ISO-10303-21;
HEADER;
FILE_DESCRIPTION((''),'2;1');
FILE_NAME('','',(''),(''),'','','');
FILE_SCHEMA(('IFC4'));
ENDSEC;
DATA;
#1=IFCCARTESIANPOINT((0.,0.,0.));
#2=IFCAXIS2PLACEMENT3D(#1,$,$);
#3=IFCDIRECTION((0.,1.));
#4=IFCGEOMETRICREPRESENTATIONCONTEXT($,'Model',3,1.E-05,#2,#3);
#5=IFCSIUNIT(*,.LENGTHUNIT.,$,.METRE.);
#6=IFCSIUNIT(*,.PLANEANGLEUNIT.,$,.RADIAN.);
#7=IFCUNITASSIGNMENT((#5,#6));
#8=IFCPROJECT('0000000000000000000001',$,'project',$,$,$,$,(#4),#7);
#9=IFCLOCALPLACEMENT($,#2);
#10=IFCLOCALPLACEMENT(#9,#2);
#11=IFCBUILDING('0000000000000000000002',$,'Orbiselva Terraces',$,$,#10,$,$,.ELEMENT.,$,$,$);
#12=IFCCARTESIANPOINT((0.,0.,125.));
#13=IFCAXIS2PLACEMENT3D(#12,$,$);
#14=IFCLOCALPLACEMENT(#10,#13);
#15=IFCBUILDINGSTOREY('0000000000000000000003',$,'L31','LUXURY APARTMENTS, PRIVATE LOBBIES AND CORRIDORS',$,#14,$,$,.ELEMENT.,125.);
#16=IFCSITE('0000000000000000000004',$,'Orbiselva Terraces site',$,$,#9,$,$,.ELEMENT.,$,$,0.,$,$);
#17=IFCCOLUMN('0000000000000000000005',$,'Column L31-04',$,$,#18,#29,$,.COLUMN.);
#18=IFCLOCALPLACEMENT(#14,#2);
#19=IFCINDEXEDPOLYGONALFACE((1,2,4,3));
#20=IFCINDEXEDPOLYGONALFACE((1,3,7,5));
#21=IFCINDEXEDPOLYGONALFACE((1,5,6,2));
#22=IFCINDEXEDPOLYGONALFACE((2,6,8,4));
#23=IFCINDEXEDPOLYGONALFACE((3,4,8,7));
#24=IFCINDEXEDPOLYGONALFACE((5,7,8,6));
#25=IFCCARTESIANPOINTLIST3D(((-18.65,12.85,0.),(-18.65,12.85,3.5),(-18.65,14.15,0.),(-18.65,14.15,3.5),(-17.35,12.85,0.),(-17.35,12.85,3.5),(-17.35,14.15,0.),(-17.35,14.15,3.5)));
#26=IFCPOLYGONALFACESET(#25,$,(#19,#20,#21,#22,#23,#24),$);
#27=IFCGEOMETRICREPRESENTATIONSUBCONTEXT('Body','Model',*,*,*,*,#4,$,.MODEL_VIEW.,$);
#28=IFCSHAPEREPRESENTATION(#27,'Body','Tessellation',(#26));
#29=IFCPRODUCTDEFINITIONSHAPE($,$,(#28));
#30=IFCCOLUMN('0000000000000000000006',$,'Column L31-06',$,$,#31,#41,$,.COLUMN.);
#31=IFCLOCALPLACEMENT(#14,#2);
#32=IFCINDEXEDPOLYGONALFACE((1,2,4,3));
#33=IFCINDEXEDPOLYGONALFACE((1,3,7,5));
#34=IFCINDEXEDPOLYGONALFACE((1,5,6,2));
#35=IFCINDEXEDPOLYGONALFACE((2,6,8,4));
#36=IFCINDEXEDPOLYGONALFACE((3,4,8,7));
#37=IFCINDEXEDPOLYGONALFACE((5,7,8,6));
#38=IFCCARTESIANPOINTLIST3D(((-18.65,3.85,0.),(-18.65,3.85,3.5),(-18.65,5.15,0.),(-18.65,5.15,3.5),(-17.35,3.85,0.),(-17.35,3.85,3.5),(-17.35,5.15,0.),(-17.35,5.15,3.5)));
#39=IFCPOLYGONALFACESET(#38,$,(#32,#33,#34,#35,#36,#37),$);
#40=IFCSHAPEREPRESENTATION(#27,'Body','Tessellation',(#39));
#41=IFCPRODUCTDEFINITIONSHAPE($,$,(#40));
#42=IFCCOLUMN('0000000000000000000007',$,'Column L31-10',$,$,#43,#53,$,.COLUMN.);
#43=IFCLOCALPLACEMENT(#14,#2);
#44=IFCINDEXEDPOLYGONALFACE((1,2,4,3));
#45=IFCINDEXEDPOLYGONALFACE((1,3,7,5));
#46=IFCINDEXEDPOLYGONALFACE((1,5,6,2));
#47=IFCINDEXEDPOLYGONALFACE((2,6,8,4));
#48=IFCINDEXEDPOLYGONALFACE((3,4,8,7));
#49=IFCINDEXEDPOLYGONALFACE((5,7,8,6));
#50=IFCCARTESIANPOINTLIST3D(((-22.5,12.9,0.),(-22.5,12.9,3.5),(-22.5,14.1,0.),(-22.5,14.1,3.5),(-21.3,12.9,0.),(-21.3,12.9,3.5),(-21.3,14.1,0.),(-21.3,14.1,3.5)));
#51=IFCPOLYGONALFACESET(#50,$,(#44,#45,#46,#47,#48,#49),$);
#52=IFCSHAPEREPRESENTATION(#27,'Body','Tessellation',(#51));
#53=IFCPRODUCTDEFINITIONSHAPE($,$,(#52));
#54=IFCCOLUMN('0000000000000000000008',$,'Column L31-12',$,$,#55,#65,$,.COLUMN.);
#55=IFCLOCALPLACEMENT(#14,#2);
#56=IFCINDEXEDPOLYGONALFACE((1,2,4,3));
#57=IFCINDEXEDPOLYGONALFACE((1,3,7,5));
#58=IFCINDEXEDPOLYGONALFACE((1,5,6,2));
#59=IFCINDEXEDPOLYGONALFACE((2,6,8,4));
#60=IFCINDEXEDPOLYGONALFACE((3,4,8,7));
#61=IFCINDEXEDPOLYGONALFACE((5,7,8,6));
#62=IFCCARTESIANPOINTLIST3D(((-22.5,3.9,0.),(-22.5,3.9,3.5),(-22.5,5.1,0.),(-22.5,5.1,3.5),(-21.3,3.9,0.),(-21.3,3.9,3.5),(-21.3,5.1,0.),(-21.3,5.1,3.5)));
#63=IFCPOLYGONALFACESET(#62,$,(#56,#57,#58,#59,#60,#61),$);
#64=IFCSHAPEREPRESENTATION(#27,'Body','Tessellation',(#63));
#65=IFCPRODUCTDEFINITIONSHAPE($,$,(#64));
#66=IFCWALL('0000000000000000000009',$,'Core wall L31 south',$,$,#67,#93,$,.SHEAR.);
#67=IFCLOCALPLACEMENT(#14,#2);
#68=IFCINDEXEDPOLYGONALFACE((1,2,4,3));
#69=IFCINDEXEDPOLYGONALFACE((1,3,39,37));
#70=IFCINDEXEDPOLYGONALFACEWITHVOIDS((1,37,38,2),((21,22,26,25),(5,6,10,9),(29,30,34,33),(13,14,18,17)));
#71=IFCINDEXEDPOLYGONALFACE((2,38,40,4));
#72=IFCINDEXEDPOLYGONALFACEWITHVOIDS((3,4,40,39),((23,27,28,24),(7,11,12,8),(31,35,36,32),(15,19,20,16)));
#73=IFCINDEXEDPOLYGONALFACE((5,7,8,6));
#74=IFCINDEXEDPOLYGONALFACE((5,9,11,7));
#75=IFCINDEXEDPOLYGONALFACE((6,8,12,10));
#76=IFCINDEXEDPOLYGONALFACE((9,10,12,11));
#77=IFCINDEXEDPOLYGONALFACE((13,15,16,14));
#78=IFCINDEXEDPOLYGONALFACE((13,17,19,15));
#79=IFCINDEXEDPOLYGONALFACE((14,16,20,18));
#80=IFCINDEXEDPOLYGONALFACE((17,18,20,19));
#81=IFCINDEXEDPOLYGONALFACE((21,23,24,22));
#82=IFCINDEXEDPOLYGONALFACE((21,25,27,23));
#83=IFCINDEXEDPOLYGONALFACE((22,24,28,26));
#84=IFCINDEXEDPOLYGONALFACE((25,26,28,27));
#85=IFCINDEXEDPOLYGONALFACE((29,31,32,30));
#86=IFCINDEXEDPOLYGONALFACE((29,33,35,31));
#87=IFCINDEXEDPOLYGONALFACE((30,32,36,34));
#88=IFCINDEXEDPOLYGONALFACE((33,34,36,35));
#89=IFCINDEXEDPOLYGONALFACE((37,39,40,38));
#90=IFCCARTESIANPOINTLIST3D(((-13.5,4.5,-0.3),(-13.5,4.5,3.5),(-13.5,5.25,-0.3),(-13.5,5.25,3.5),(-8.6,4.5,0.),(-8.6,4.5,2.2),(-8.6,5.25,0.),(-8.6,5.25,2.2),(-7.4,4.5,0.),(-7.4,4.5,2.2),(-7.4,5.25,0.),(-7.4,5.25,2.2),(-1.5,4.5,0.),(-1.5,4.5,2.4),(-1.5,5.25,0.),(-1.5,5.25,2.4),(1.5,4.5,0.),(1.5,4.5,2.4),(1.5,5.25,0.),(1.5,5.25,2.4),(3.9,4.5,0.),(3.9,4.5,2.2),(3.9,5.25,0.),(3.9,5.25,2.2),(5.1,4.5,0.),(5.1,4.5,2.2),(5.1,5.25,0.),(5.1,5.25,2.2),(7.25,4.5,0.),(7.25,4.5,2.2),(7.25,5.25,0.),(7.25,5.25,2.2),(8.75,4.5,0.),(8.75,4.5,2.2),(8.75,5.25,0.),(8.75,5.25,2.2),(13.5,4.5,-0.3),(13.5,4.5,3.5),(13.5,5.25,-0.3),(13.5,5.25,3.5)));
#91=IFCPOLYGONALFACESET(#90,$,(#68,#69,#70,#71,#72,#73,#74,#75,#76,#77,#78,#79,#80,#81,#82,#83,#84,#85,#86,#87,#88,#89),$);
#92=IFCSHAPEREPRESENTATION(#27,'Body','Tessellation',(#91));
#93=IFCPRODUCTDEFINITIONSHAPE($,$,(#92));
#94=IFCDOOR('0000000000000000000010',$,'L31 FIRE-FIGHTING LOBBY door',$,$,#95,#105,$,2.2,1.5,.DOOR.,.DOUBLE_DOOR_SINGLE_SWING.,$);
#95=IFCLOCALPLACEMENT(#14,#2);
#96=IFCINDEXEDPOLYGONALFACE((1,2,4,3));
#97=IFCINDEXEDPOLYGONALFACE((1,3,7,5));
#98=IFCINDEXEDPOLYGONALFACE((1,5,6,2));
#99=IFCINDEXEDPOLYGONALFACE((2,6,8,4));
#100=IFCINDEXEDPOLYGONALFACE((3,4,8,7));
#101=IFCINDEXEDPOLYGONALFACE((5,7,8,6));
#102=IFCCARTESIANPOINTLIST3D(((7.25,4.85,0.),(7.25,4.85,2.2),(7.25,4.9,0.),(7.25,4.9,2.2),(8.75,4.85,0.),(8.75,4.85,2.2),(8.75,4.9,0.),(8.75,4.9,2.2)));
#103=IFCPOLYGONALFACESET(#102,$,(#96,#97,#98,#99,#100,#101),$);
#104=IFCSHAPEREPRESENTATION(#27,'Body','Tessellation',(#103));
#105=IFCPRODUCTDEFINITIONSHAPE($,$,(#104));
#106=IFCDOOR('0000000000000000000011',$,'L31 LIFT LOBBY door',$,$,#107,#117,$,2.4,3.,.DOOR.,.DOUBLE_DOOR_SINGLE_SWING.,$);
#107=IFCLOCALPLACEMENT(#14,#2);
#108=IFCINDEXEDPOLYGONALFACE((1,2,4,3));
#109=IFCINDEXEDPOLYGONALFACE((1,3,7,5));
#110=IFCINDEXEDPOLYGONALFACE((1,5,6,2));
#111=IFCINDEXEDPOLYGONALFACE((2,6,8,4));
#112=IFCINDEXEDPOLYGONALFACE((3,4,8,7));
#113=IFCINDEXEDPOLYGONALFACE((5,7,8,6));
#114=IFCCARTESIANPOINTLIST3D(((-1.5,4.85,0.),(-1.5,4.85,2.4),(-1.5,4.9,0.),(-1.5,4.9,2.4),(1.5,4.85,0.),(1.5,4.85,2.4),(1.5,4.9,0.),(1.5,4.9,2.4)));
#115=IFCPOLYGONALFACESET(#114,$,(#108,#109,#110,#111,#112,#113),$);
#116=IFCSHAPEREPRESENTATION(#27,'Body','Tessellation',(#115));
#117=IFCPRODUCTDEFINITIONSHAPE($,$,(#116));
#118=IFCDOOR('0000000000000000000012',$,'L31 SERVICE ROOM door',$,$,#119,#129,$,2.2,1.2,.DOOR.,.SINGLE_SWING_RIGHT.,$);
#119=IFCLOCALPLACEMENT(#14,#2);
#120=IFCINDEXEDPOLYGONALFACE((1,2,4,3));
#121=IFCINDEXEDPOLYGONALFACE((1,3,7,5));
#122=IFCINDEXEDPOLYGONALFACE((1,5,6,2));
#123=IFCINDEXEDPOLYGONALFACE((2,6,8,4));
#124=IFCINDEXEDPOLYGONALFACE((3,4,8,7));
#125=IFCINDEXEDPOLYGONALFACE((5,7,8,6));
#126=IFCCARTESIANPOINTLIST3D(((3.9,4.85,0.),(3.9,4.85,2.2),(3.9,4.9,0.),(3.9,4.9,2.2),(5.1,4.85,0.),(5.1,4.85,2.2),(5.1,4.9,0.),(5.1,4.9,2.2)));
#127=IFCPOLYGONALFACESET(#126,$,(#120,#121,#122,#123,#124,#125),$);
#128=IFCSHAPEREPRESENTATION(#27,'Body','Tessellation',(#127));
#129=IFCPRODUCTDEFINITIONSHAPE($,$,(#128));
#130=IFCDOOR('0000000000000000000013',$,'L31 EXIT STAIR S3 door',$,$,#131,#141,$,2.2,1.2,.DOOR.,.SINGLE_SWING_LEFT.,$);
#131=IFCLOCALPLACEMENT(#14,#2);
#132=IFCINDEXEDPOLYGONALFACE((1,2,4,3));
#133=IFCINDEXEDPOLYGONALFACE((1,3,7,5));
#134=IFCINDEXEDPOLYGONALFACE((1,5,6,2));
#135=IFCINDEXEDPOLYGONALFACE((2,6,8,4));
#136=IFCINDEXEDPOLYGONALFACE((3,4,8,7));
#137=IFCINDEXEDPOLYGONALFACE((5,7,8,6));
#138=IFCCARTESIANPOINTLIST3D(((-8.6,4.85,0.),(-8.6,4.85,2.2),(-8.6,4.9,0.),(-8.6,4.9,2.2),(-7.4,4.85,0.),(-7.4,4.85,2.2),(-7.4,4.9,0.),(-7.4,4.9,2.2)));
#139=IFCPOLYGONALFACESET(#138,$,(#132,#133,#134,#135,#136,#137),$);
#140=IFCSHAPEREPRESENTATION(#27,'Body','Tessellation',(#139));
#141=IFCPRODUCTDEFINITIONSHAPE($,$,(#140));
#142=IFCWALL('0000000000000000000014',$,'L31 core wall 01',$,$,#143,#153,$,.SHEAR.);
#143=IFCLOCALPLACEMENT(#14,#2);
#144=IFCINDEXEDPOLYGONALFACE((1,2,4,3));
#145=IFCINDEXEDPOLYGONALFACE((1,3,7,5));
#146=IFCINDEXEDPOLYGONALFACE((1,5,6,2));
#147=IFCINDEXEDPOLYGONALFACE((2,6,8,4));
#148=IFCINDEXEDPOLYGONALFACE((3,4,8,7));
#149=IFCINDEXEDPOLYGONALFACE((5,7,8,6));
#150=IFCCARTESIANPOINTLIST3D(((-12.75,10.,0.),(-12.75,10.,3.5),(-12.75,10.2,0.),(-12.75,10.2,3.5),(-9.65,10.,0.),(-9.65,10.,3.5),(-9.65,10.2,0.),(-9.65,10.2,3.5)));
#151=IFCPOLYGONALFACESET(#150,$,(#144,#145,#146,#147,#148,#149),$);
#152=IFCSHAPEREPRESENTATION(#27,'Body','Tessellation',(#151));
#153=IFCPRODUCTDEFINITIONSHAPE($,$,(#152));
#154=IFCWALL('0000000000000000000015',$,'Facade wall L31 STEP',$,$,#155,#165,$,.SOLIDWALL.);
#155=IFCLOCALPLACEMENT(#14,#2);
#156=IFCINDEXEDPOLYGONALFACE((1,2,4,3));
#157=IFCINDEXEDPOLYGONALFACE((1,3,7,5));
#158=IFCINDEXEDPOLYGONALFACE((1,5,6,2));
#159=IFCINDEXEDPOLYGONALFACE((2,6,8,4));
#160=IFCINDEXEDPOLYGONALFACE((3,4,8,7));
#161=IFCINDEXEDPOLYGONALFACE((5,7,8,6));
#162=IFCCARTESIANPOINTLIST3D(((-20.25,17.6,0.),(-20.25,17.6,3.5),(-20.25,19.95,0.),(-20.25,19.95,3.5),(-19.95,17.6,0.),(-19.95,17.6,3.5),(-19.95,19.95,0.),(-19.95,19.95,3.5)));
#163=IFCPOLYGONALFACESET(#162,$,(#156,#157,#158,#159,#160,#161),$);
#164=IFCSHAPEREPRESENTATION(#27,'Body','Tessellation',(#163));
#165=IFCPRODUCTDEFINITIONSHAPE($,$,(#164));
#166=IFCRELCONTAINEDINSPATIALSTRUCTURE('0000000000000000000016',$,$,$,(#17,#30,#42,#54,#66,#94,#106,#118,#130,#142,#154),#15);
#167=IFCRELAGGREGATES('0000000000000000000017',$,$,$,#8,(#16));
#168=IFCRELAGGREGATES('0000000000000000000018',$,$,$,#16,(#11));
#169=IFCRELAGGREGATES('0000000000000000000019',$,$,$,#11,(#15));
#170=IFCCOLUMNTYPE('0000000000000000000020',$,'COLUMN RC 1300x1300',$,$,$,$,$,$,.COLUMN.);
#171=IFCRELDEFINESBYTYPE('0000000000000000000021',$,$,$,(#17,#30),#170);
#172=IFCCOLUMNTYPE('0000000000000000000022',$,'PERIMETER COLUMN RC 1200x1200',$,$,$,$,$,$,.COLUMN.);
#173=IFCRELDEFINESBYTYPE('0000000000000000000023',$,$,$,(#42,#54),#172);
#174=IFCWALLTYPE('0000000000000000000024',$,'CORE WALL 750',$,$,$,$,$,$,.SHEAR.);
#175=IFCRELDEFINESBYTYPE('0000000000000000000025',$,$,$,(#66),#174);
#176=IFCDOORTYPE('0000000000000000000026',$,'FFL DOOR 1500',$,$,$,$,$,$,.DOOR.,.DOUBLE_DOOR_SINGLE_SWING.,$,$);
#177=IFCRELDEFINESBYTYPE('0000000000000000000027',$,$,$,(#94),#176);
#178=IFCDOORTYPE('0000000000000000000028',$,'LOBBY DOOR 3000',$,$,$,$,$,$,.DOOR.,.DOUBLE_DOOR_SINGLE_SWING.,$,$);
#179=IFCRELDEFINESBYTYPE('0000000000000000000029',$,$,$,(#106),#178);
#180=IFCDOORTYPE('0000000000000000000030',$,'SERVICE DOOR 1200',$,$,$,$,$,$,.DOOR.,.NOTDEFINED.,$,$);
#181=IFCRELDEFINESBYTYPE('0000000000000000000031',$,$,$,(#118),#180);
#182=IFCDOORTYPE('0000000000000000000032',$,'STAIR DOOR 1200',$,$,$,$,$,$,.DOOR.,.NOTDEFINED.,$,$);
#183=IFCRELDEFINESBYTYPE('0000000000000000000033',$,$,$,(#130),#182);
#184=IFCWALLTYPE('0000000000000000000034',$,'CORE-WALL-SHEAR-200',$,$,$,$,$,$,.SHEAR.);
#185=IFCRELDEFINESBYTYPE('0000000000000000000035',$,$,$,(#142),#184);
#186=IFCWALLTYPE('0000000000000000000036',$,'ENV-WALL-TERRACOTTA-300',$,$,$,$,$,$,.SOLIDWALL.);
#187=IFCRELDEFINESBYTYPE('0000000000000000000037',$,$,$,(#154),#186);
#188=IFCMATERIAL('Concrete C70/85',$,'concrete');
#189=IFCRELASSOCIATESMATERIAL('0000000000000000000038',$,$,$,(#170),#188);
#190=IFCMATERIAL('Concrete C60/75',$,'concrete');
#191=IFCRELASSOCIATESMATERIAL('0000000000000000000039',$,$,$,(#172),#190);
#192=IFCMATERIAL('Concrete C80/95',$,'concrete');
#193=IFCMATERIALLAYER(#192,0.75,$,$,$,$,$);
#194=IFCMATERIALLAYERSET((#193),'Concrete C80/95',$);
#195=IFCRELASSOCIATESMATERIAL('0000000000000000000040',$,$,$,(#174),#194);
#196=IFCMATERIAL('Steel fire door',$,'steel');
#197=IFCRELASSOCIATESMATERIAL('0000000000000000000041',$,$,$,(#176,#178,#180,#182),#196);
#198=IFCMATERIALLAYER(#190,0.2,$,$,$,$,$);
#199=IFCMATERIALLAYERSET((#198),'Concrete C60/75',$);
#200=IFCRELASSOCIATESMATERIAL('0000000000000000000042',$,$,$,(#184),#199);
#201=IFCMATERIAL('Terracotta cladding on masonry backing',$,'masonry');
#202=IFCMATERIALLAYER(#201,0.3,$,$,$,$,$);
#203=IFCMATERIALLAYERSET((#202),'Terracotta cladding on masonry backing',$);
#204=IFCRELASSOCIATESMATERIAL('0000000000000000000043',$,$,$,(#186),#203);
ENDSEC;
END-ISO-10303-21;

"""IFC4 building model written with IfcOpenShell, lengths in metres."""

from ifc_helpers import new_model, si_unit, direction, frame, frame_2d, origin, origin_2d, place, context, subcontext, project, spatial, rectangle, extrude, material, layer, layer_set, material_profile, profile_set, type_object, element, fill, save


model = new_model("IFC4")

# Units and contexts
model_context = context("Model", 3, precision=1e-05, world=origin(), true_north=direction((0.0, 1.0)))
body_context = subcontext(model_context, "Body", "Model", "MODEL_VIEW")
ifc_project = project(units=[si_unit("LENGTHUNIT", "METRE"), si_unit("PLANEANGLEUNIT", "RADIAN")], contexts=[model_context])

# Site, building, storey
site_placement = place(None, origin())
site = spatial("IfcSite", under=ifc_project, at=site_placement, Name="Orbiselva Terraces site", CompositionType="ELEMENT", RefElevation=0.0)
building_placement = place(site_placement, origin())
building = spatial("IfcBuilding", under=site, at=building_placement, Name="Orbiselva Terraces", CompositionType="ELEMENT")
storey_placement = place(building_placement, frame((0.0, 0.0, 125.0)))
storey = spatial("IfcBuildingStorey", under=building, at=storey_placement, Name="L31", Description="LUXURY APARTMENTS, PRIVATE LOBBIES AND CORRIDORS", CompositionType="ELEMENT", Elevation=125.0)

# Columns
ifc_material_1 = material(Name="Concrete C70/85", Category="concrete")
ifc_material_profile_1 = material_profile(ifc_material_1, rectangle(XDim=1.3, YDim=1.3, at=origin_2d()), Name="RC 1300x1300")
ifc_profile_set_1 = profile_set([ifc_material_profile_1], Name="Concrete C70/85")
column_type_1 = type_object("IfcColumnType", Name="COLUMN RC 1300x1300", PredefinedType="COLUMN", material=ifc_profile_set_1)
for number, where, z_axis, x_axis, name in (
    (1, (-18.0, 13.5, 0.0), (0.0, 0.0, 1.0), (1.0, 0.0, 0.0), "Column L31-04"),
    (2, (-18.0, 4.5, 0.0), (0.0, 0.0, 1.0), (1.0, 0.0, 0.0), "Column L31-06"),
):
    element("IfcColumn", number, at=place(storey_placement, frame(where, z_axis=z_axis, x_axis=x_axis)), inside=storey, type_object=column_type_1, Name=name, PredefinedType="COLUMN", context=body_context, shape_type="SweptSolid", body=[
        extrude(rectangle(XDim=1.3, YDim=1.3, at=origin_2d()), origin(), (0.0, 0.0, 1.0), 3.5),
    ])
ifc_material_2 = material(Name="Concrete C60/75", Category="concrete")
ifc_material_profile_2 = material_profile(ifc_material_2, rectangle(XDim=1.2, YDim=1.2, at=origin_2d()), Name="RC 1200x1200")
ifc_profile_set_2 = profile_set([ifc_material_profile_2], Name="Concrete C60/75")
column_type_2 = type_object("IfcColumnType", Name="PERIMETER COLUMN RC 1200x1200", PredefinedType="COLUMN", material=ifc_profile_set_2)
for number, where, z_axis, x_axis, name in (
    (3, (-21.9, 13.5, 0.0), (0.0, 0.0, 1.0), (1.0, 0.0, 0.0), "Column L31-10"),
    (4, (-21.9, 4.5, 0.0), (0.0, 0.0, 1.0), (1.0, 0.0, 0.0), "Column L31-12"),
):
    element("IfcColumn", number, at=place(storey_placement, frame(where, z_axis=z_axis, x_axis=x_axis)), inside=storey, type_object=column_type_2, Name=name, PredefinedType="COLUMN", context=body_context, shape_type="SweptSolid", body=[
        extrude(rectangle(XDim=1.2, YDim=1.2, at=origin_2d()), origin(), (0.0, 0.0, 1.0), 3.5),
    ])

# Wall, openings, doors
ifc_material_3 = material(Name="Concrete C80/95", Category="concrete")
ifc_layer_1 = layer(ifc_material_3, 0.75)
ifc_layer_set_1 = layer_set([ifc_layer_1], Name="Concrete C80/95")
wall_type_1 = type_object("IfcWallType", Name="CORE WALL 750", PredefinedType="SHEAR", material=ifc_layer_set_1)
wall_1_placement = place(storey_placement, frame((-13.5, 4.875, -0.3), z_axis=(0.0, 0.0, 1.0), x_axis=(1.0, 0.0, 0.0)))
wall_1 = element("IfcWall", 5, at=wall_1_placement, inside=storey, type_object=wall_type_1, Name="Core wall L31 south", PredefinedType="SHEAR", context=body_context, shape_type="SweptSolid", body=[
    extrude(rectangle(XDim=27.0, YDim=0.75, at=frame_2d((13.5, 0.0))), origin(), (0.0, 0.0, 1.0), 3.8),
])
opening_1_placement = place(wall_1_placement, frame((12.0, 0.0, 0.3)))
opening_1 = element("IfcOpeningElement", 6, at=opening_1_placement, cuts=wall_1, PredefinedType="OPENING", context=body_context, shape_type="SweptSolid", body=[
    extrude(rectangle(XDim=3.0, YDim=2.4, at=frame_2d((1.5, 1.2))), frame((0.0, 0.385, 0.0), z_axis=(0.0, -1.0, 0.0), x_axis=(1.0, 0.0, 0.0)), (0.0, 0.0, 1.0), 0.77),
])
opening_2_placement = place(wall_1_placement, frame((4.9, 0.0, 0.3)))
opening_2 = element("IfcOpeningElement", 7, at=opening_2_placement, cuts=wall_1, PredefinedType="OPENING", context=body_context, shape_type="SweptSolid", body=[
    extrude(rectangle(XDim=1.2, YDim=2.2, at=frame_2d((0.6, 1.1))), frame((0.0, 0.385, 0.0), z_axis=(0.0, -1.0, 0.0), x_axis=(1.0, 0.0, 0.0)), (0.0, 0.0, 1.0), 0.77),
])
opening_3_placement = place(wall_1_placement, frame((20.75, 0.0, 0.3)))
opening_3 = element("IfcOpeningElement", 8, at=opening_3_placement, cuts=wall_1, PredefinedType="OPENING", context=body_context, shape_type="SweptSolid", body=[
    extrude(rectangle(XDim=1.5, YDim=2.2, at=frame_2d((0.75, 1.1))), frame((0.0, 0.385, 0.0), z_axis=(0.0, -1.0, 0.0), x_axis=(1.0, 0.0, 0.0)), (0.0, 0.0, 1.0), 0.77),
])
opening_4_placement = place(wall_1_placement, frame((17.4, 0.0, 0.3)))
opening_4 = element("IfcOpeningElement", 9, at=opening_4_placement, cuts=wall_1, PredefinedType="OPENING", context=body_context, shape_type="SweptSolid", body=[
    extrude(rectangle(XDim=1.2, YDim=2.2, at=frame_2d((0.6, 1.1))), frame((0.0, 0.385, 0.0), z_axis=(0.0, -1.0, 0.0), x_axis=(1.0, 0.0, 0.0)), (0.0, 0.0, 1.0), 0.77),
])
ifc_material_4 = material(Name="Steel fire door", Category="steel")
door_type_1 = type_object("IfcDoorType", Name="FFL DOOR 1500", OperationType="DOUBLE_DOOR_SINGLE_SWING", PredefinedType="DOOR", material=ifc_material_4)
door_1_placement = place(opening_3_placement, frame((1.5, 0.0, 0.0), z_axis=(0.0, 0.0, 1.0), x_axis=(-1.0, 0.0, 0.0)))
door_1 = element("IfcDoor", 10, at=door_1_placement, inside=storey, type_object=door_type_1, Name="L31 FIRE-FIGHTING LOBBY door", OperationType="DOUBLE_DOOR_SINGLE_SWING", OverallHeight=2.2, OverallWidth=1.5, PredefinedType="DOOR", context=body_context, shape_type="SweptSolid", body=[
    extrude(rectangle(XDim=1.5, YDim=2.2, at=frame_2d((0.75, 1.1))), frame((0.0, 0.025, 0.0), z_axis=(0.0, -1.0, 0.0), x_axis=(1.0, 0.0, 0.0)), (0.0, 0.0, 1.0), 0.05),
])
fill(opening_3, door_1)
door_type_2 = type_object("IfcDoorType", Name="LOBBY DOOR 3000", OperationType="DOUBLE_DOOR_SINGLE_SWING", PredefinedType="DOOR", material=ifc_material_4)
door_2_placement = place(opening_1_placement, frame((3.0, 0.0, 0.0), z_axis=(0.0, 0.0, 1.0), x_axis=(-1.0, 0.0, 0.0)))
door_2 = element("IfcDoor", 11, at=door_2_placement, inside=storey, type_object=door_type_2, Name="L31 LIFT LOBBY door", OperationType="DOUBLE_DOOR_SINGLE_SWING", OverallHeight=2.4, OverallWidth=3.0, PredefinedType="DOOR", context=body_context, shape_type="SweptSolid", body=[
    extrude(rectangle(XDim=3.0, YDim=2.4, at=frame_2d((1.5, 1.2))), frame((0.0, 0.025, 0.0), z_axis=(0.0, -1.0, 0.0), x_axis=(1.0, 0.0, 0.0)), (0.0, 0.0, 1.0), 0.05),
])
fill(opening_1, door_2)
door_type_3 = type_object("IfcDoorType", Name="SERVICE DOOR 1200", OperationType="NOTDEFINED", PredefinedType="DOOR", material=ifc_material_4)
door_3_placement = place(opening_4_placement, frame((1.2, 0.0, 0.0), z_axis=(0.0, 0.0, 1.0), x_axis=(-1.0, 0.0, 0.0)))
door_3 = element("IfcDoor", 12, at=door_3_placement, inside=storey, type_object=door_type_3, Name="L31 SERVICE ROOM door", OperationType="SINGLE_SWING_RIGHT", OverallHeight=2.2, OverallWidth=1.2, PredefinedType="DOOR", context=body_context, shape_type="SweptSolid", body=[
    extrude(rectangle(XDim=1.2, YDim=2.2, at=frame_2d((0.6, 1.1))), frame((0.0, 0.025, 0.0), z_axis=(0.0, -1.0, 0.0), x_axis=(1.0, 0.0, 0.0)), (0.0, 0.0, 1.0), 0.05),
])
fill(opening_4, door_3)
door_type_4 = type_object("IfcDoorType", Name="STAIR DOOR 1200", OperationType="NOTDEFINED", PredefinedType="DOOR", material=ifc_material_4)
door_4_placement = place(opening_2_placement, frame((1.2, 0.0, 0.0), z_axis=(0.0, 0.0, 1.0), x_axis=(-1.0, 0.0, 0.0)))
door_4 = element("IfcDoor", 13, at=door_4_placement, inside=storey, type_object=door_type_4, Name="L31 EXIT STAIR S3 door", OperationType="SINGLE_SWING_LEFT", OverallHeight=2.2, OverallWidth=1.2, PredefinedType="DOOR", context=body_context, shape_type="SweptSolid", body=[
    extrude(rectangle(XDim=1.2, YDim=2.2, at=frame_2d((0.6, 1.1))), frame((0.0, 0.025, 0.0), z_axis=(0.0, -1.0, 0.0), x_axis=(1.0, 0.0, 0.0)), (0.0, 0.0, 1.0), 0.05),
])
fill(opening_2, door_4)

# Walls
ifc_layer_2 = layer(ifc_material_2, 0.2)
ifc_layer_set_2 = layer_set([ifc_layer_2], Name="Concrete C60/75")
wall_type_2 = type_object("IfcWallType", Name="CORE-WALL-SHEAR-200", PredefinedType="SHEAR", material=ifc_layer_set_2)
wall_2_placement = place(storey_placement, frame((-12.75, 10.1, 0.0), z_axis=(0.0, 0.0, 1.0), x_axis=(1.0, 0.0, 0.0)))
element("IfcWall", 14, at=wall_2_placement, inside=storey, type_object=wall_type_2, Name="L31 core wall 01", PredefinedType="SHEAR", context=body_context, shape_type="SweptSolid", body=[
    extrude(rectangle(XDim=3.1, YDim=0.2, at=frame_2d((1.55, 0.0))), origin(), (0.0, 0.0, 1.0), 3.5),
])
ifc_material_5 = material(Name="Terracotta cladding on masonry backing", Category="masonry")
ifc_layer_3 = layer(ifc_material_5, 0.3)
ifc_layer_set_3 = layer_set([ifc_layer_3], Name="Terracotta cladding on masonry backing")
wall_type_3 = type_object("IfcWallType", Name="ENV-WALL-TERRACOTTA-300", PredefinedType="SOLIDWALL", material=ifc_layer_set_3)
wall_3_placement = place(storey_placement, frame((-20.1, 17.6, 0.0), z_axis=(0.0, 0.0, 1.0), x_axis=(0.0, 1.0, 0.0)))
element("IfcWall", 15, at=wall_3_placement, inside=storey, type_object=wall_type_3, Name="Facade wall L31 STEP", PredefinedType="SOLIDWALL", context=body_context, shape_type="SweptSolid", body=[
    extrude(rectangle(XDim=2.35, YDim=0.3, at=frame_2d((1.175, 0.0))), origin(), (0.0, 0.0, 1.0), 3.5),
])

save(model, "model.ifc")
